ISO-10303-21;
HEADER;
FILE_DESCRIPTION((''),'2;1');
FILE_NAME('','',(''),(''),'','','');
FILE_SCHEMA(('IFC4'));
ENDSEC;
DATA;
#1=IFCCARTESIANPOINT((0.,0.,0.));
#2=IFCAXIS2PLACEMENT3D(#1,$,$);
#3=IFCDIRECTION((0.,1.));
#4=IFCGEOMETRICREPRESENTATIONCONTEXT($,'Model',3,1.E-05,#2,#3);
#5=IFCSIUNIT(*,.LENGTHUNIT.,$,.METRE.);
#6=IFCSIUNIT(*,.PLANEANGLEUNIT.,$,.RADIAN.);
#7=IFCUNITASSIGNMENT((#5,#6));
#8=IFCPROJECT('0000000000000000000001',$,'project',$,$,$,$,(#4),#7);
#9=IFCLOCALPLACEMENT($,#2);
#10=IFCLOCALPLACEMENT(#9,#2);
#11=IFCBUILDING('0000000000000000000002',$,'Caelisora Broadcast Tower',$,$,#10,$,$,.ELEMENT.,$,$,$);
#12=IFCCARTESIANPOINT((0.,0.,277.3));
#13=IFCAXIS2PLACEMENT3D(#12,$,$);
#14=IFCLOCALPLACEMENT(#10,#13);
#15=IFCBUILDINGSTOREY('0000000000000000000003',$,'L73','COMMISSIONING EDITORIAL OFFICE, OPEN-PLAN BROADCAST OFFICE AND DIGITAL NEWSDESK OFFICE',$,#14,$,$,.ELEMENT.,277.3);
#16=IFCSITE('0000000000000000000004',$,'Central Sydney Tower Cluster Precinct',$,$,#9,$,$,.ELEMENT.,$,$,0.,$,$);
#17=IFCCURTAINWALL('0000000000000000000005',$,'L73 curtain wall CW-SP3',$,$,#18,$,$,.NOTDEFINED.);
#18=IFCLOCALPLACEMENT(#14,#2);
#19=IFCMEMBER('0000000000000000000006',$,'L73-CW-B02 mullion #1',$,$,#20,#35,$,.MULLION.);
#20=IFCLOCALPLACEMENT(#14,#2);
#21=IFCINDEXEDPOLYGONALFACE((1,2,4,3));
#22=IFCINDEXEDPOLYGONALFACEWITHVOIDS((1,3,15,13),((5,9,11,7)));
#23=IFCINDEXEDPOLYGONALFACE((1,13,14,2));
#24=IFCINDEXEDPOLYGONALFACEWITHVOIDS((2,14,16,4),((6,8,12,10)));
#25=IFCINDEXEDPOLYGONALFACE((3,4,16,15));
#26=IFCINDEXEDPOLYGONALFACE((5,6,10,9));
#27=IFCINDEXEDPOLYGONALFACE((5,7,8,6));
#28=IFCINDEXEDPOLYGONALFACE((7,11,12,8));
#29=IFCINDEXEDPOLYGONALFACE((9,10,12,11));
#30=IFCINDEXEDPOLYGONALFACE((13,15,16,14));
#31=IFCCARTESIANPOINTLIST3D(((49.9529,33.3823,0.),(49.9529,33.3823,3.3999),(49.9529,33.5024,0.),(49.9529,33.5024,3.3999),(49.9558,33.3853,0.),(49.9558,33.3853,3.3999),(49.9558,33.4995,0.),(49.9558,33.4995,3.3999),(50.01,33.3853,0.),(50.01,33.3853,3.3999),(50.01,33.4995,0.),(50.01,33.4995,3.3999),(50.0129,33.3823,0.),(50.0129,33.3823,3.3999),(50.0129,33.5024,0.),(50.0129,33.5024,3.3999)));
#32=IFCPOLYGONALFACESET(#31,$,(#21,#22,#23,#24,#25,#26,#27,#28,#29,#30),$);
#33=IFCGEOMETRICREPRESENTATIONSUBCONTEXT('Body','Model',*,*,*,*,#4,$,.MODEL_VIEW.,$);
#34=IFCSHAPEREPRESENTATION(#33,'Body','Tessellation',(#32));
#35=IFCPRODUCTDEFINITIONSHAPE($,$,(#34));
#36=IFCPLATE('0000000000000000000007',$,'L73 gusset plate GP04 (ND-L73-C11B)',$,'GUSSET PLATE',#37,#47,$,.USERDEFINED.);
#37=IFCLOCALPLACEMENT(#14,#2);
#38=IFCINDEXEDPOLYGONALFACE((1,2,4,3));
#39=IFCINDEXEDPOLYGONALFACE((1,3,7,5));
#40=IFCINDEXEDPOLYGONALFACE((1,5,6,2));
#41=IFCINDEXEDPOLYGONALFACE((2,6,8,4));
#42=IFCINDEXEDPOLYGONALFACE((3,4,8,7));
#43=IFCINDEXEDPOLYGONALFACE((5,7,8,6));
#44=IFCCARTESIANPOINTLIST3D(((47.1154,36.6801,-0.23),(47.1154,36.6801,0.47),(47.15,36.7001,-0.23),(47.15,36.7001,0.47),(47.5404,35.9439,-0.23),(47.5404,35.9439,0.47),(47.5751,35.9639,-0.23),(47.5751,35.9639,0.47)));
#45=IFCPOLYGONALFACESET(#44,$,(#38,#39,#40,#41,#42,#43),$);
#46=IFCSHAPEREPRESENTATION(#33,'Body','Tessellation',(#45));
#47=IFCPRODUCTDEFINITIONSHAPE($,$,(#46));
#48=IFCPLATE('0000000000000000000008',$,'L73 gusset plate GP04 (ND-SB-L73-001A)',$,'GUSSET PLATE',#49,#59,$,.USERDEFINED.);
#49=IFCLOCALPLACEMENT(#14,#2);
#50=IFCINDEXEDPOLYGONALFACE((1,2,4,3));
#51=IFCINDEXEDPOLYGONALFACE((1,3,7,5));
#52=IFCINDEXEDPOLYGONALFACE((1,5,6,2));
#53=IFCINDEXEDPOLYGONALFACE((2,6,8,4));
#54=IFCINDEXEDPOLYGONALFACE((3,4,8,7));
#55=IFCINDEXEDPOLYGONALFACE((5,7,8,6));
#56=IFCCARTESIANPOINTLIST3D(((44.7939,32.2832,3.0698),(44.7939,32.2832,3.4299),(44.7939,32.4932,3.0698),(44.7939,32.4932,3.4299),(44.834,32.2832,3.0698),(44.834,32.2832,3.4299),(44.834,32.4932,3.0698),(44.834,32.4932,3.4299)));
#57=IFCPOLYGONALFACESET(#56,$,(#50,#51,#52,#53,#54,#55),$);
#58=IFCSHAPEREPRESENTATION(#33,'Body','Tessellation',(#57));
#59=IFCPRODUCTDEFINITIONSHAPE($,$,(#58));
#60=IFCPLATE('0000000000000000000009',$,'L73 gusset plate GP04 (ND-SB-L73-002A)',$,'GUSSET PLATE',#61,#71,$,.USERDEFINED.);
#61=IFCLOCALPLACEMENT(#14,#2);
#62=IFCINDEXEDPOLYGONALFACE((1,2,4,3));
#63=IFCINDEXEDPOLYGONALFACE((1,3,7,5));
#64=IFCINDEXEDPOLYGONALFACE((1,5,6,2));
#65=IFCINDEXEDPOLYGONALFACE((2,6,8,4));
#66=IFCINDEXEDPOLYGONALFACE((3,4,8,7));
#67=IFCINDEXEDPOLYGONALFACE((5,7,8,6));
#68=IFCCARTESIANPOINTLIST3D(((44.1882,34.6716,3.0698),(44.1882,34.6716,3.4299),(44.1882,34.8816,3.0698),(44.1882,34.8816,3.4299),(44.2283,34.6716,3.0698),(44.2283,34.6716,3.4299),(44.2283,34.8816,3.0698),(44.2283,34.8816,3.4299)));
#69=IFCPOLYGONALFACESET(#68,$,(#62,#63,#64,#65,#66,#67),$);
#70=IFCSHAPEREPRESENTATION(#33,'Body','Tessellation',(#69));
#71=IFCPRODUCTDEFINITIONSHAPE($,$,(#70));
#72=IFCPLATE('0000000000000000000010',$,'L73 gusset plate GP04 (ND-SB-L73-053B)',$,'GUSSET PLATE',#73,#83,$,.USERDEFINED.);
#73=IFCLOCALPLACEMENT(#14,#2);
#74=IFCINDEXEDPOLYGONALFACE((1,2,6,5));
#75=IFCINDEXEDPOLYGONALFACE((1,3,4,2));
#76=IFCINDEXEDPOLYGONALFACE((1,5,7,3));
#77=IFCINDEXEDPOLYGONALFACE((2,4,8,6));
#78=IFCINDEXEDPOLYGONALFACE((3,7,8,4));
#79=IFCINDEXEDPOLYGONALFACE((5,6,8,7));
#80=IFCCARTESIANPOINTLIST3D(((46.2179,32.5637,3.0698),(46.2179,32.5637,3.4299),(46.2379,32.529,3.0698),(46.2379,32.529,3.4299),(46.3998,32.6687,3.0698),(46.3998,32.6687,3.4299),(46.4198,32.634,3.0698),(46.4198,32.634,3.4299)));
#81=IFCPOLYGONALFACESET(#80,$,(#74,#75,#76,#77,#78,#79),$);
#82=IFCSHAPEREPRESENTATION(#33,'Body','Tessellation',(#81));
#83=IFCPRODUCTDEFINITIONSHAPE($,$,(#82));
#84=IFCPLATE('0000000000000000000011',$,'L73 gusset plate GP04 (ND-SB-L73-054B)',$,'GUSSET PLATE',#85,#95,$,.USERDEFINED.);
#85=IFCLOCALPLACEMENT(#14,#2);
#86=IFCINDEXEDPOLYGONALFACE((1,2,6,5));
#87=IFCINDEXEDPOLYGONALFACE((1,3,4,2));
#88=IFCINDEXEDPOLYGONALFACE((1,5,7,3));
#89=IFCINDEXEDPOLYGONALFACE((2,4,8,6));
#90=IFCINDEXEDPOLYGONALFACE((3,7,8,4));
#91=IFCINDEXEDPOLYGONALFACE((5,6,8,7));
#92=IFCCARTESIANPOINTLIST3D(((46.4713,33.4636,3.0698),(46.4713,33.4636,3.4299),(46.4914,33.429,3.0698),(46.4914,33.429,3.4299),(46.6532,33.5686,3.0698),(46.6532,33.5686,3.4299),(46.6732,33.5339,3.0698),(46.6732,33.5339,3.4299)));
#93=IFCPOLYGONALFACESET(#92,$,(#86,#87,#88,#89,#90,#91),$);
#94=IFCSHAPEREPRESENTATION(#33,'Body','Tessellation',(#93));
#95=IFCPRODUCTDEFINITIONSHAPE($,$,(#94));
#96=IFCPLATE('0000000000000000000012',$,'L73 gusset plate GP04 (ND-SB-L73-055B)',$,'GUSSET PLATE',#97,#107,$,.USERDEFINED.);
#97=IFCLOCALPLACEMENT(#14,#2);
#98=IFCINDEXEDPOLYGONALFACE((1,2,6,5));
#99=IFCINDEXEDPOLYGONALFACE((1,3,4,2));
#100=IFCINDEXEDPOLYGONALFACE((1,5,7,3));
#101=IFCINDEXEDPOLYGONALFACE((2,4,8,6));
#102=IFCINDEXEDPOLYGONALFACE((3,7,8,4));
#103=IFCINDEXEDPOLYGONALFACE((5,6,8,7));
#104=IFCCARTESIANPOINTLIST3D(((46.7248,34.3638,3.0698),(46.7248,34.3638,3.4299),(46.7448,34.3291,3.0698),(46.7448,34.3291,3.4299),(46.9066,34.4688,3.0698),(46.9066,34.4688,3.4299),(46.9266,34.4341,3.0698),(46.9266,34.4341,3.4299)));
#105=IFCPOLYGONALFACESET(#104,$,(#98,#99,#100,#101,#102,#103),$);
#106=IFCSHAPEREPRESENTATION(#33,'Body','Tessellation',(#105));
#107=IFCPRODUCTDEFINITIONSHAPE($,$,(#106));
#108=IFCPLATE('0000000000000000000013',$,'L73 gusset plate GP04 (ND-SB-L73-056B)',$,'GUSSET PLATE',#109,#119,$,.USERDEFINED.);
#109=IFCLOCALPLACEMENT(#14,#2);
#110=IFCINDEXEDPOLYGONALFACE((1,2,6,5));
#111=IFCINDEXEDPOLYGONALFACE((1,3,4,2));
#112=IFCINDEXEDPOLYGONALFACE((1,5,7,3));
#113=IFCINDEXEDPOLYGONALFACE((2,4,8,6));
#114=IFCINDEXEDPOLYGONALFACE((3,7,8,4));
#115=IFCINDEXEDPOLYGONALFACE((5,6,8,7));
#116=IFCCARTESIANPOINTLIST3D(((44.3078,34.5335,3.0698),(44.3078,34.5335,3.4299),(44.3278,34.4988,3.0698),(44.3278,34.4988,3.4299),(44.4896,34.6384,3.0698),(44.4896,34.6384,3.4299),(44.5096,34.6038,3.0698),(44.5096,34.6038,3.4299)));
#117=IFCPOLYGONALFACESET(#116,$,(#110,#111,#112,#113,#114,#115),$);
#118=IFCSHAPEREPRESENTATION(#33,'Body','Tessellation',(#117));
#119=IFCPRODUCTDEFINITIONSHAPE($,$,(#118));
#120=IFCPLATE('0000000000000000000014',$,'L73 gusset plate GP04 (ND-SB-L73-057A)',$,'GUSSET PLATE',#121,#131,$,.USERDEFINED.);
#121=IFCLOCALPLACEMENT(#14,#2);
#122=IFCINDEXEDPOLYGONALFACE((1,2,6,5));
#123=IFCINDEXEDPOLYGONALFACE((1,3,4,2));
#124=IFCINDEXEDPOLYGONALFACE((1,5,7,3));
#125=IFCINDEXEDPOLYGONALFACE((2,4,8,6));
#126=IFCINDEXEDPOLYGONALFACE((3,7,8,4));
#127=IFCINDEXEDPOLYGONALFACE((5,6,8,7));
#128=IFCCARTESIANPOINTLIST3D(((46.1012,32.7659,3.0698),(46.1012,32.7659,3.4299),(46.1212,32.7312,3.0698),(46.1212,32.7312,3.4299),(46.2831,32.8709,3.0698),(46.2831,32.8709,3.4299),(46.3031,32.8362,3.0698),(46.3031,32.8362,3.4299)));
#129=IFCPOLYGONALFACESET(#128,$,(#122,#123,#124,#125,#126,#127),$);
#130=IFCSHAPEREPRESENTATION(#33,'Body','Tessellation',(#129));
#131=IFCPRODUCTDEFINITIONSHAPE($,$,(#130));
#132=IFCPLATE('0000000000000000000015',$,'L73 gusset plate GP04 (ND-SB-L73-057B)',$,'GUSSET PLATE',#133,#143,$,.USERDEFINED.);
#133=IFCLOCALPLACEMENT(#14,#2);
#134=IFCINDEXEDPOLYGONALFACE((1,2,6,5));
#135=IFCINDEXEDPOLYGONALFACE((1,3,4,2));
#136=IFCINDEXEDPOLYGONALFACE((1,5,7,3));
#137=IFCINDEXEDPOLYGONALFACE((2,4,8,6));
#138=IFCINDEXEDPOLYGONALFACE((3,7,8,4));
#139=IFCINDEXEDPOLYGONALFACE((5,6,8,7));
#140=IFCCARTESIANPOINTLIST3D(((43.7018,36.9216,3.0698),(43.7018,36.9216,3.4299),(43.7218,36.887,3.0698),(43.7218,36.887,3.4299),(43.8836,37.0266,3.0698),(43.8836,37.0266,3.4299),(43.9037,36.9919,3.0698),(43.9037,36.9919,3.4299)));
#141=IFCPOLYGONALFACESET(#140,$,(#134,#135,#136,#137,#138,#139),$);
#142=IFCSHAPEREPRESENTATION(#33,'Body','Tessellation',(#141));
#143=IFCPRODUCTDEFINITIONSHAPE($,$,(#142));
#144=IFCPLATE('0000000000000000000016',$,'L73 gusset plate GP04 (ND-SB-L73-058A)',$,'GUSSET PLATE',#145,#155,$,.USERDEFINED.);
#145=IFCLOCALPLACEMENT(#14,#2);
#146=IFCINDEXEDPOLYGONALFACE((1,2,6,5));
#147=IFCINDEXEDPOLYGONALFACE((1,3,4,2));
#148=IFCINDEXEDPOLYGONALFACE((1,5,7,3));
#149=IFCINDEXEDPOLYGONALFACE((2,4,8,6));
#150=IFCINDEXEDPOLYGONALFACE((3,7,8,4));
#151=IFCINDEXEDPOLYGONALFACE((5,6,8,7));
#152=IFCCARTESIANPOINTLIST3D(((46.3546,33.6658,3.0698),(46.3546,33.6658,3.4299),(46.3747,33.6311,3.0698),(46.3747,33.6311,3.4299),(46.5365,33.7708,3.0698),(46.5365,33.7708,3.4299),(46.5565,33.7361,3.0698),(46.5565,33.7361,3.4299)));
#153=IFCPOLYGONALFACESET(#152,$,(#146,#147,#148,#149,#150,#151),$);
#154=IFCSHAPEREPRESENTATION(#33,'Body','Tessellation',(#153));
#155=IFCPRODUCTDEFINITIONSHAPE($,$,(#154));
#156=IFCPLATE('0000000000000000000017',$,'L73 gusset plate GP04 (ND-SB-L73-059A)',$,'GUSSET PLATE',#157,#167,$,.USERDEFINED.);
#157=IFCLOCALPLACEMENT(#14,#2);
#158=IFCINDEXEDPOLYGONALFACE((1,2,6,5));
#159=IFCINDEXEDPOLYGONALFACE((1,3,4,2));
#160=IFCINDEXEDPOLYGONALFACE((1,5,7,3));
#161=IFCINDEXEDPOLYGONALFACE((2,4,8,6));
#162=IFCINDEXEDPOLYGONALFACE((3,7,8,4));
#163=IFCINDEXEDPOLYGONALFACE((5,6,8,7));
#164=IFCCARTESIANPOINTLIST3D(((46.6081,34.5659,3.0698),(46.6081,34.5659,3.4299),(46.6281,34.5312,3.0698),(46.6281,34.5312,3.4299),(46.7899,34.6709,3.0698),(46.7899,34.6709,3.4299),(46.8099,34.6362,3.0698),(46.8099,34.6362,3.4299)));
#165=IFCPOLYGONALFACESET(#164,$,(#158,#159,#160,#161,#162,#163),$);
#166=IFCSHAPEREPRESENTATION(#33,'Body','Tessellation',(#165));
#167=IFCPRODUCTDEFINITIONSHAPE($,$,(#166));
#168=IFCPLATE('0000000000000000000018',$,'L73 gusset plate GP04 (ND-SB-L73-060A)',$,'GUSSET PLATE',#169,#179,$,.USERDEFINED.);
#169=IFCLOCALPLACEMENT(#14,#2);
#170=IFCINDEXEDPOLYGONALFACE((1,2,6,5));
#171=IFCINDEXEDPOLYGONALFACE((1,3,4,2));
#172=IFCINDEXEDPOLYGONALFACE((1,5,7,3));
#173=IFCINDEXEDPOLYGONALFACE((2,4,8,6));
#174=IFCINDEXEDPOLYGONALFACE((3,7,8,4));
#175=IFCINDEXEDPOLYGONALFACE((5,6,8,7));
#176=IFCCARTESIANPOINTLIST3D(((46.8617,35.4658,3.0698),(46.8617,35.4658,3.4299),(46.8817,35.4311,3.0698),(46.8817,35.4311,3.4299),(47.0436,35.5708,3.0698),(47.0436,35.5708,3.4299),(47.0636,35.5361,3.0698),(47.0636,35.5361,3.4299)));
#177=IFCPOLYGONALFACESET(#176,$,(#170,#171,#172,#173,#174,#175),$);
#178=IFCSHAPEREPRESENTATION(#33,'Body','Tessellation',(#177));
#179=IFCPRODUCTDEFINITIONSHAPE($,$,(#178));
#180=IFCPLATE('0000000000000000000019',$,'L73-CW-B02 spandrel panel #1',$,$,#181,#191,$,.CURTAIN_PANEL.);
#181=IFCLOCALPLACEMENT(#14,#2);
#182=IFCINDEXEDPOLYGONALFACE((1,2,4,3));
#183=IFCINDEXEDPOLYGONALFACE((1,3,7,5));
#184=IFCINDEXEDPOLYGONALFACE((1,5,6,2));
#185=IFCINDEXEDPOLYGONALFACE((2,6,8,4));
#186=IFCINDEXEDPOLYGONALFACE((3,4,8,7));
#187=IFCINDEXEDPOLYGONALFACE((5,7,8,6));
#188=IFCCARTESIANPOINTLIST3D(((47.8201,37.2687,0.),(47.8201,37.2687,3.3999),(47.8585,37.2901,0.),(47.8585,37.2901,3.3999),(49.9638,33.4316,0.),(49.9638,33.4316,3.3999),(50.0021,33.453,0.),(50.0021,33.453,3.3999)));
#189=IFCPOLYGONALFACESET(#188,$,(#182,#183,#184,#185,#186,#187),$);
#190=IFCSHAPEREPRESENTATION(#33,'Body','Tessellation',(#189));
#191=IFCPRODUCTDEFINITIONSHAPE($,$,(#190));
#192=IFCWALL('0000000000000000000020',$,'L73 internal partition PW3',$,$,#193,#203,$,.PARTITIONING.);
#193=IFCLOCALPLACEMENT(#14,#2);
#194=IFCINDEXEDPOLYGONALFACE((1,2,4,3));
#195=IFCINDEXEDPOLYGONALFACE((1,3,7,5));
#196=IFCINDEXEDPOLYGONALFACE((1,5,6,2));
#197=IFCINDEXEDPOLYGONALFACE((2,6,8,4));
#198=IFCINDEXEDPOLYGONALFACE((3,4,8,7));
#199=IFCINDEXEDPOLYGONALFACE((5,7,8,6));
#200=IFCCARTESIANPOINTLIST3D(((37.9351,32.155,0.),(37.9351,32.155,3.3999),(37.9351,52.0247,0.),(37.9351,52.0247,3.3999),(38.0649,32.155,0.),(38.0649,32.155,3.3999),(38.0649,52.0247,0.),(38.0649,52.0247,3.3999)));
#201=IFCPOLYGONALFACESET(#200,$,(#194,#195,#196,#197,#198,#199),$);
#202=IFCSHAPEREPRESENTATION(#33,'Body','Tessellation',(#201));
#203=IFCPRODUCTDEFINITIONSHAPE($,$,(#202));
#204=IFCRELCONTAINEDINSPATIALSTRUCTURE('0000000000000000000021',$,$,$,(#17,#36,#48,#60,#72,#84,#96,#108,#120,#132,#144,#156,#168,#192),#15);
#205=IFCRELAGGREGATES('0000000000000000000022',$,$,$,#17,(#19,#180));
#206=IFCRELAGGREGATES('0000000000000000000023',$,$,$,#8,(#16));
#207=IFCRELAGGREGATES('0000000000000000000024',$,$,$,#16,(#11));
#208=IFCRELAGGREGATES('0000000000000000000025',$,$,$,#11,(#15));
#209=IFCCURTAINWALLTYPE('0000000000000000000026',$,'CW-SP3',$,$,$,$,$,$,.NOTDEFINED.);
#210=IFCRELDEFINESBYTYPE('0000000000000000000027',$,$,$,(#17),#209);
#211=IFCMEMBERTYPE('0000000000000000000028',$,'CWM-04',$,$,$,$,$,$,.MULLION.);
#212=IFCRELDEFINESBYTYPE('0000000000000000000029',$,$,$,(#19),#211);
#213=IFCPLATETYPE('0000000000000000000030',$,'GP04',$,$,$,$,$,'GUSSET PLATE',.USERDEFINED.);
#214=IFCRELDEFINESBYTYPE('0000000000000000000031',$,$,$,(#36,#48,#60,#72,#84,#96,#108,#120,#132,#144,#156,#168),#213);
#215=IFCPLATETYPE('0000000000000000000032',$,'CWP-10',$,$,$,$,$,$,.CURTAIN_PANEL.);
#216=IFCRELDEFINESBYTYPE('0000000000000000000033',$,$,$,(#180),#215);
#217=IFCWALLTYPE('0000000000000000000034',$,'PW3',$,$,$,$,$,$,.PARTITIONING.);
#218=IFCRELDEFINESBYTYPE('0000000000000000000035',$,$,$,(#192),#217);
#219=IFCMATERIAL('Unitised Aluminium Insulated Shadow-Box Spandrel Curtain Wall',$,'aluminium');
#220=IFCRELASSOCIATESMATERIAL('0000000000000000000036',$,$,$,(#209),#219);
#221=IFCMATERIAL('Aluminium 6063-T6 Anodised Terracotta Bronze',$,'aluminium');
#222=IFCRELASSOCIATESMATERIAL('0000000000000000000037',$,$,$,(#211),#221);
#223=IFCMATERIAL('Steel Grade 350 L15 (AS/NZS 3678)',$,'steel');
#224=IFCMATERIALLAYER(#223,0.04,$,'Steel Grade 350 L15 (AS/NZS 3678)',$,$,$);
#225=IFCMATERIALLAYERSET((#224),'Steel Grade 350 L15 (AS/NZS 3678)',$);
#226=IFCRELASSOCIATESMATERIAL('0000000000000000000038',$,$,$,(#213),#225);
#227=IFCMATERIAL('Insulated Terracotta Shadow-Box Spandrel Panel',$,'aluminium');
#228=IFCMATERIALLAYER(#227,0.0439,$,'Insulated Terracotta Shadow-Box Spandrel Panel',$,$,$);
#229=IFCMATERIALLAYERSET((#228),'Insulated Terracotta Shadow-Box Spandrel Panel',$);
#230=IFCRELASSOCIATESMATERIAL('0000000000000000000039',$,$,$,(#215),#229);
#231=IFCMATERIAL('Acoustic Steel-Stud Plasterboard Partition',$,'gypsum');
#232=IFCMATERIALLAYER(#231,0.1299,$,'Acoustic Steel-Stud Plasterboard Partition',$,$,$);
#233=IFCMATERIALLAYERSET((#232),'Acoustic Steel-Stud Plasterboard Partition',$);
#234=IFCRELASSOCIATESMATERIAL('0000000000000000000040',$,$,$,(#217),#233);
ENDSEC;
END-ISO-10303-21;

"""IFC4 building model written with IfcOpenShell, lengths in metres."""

from ifc_helpers import new_model, si_unit, direction, frame, frame_2d, origin, origin_2d, place, context, subcontext, project, spatial, rectangle, hollow_rectangle, extrude, source, transform, mapped, material, layer, layer_set, material_profile, profile_set, type_object, type_shapes, element, aggregate, save


model = new_model("IFC4")

# Units and contexts
model_context = context("Model", 3, precision=1e-05, world=origin(), true_north=direction((0.0, 1.0)))
body_context = subcontext(model_context, "Body", "Model", "MODEL_VIEW")
ifc_project = project(units=[si_unit("LENGTHUNIT", "METRE"), si_unit("PLANEANGLEUNIT", "RADIAN")], contexts=[model_context])

# Site, building, storey
site_placement = place(None, origin())
site = spatial("IfcSite", under=ifc_project, at=site_placement, Name="Central Sydney Tower Cluster Precinct", CompositionType="ELEMENT", RefElevation=0.0)
building_placement = place(site_placement, origin())
building = spatial("IfcBuilding", under=site, at=building_placement, Name="Caelisora Broadcast Tower", CompositionType="ELEMENT")
storey_placement = place(building_placement, frame((0.0, 0.0, 277.3)))
storey = spatial("IfcBuildingStorey", under=building, at=storey_placement, Name="L73", Description="COMMISSIONING EDITORIAL OFFICE, OPEN-PLAN BROADCAST OFFICE AND DIGITAL NEWSDESK OFFICE", CompositionType="ELEMENT", Elevation=277.3)

# Shared definitions
ifc_material_1 = material(Name="Steel Grade 350 L15 (AS/NZS 3678)", Category="steel")

# Curtain wall, member
ifc_material_2 = material(Name="Unitised Aluminium Insulated Shadow-Box Spandrel Curtain Wall", Category="aluminium")
curtain_wall_type = type_object("IfcCurtainWallType", Name="CW-SP3", PredefinedType="NOTDEFINED", material=ifc_material_2)
curtain_wall_placement = place(storey_placement, origin())
curtain_wall = element("IfcCurtainWall", 1, at=curtain_wall_placement, inside=storey, type_object=curtain_wall_type, Name="L73 curtain wall CW-SP3", PredefinedType="NOTDEFINED")
ifc_material_3 = material(Name="Aluminium 6063-T6 Anodised Terracotta Bronze", Category="aluminium")
ifc_material_profile_1 = material_profile(ifc_material_3, hollow_rectangle(XDim=0.0601, YDim=0.1201, WallThickness=0.0029, at=origin_2d()), Name="Aluminium 6063-T6 Anodised Terracotta Bronze")
ifc_profile_set_1 = profile_set([ifc_material_profile_1], Name="Aluminium 6063-T6 Anodised Terracotta Bronze")
member_type = type_object("IfcMemberType", Name="CWM-04", PredefinedType="MULLION", material=ifc_profile_set_1)
shared_shape_1 = source(origin(), body_context, "Body", "SweptSolid", [
    extrude(hollow_rectangle(XDim=0.0601, YDim=0.1201, WallThickness=0.0029, at=origin_2d()), origin(), (0.0, 0.0, 1.0), 3.3999),
])
type_shapes(member_type, [shared_shape_1])
member_placement = place(storey_placement, frame((49.9829, 33.4424, 0.0), z_axis=(0.0, 0.0, 1.0), x_axis=(1.0, 0.0, 0.0)))
member = element("IfcMember", 2, at=member_placement, type_object=member_type, Name="L73-CW-B02 mullion #1", PredefinedType="MULLION", context=body_context, shape_type="MappedRepresentation", body=[
    mapped(shared_shape_1, transform((0.0, 0.0, 0.0), scale=1.0)),
])

# Plates
ifc_layer_1 = layer(ifc_material_1, 0.04, Name="Steel Grade 350 L15 (AS/NZS 3678)")
ifc_layer_set_1 = layer_set([ifc_layer_1], Name="Steel Grade 350 L15 (AS/NZS 3678)")
plate_type_1 = type_object("IfcPlateType", Name="GP04", ElementType="GUSSET PLATE", PredefinedType="USERDEFINED", material=ifc_layer_set_1)
shared_shape_2 = source(origin(), body_context, "Body", "SweptSolid", [
    extrude(rectangle(XDim=0.8501, YDim=0.04, at=origin_2d()), origin(), (0.0, 0.0, 1.0), 0.7),
])
plate_1_placement = place(storey_placement, frame((47.3452, 36.322, -0.23), z_axis=(0.0, 0.0, 1.0), x_axis=(-0.5, 0.866025, 0.0)))
element("IfcPlate", 3, at=plate_1_placement, inside=storey, type_object=plate_type_1, Name="L73 gusset plate GP04 (ND-L73-C11B)", ObjectType="GUSSET PLATE", PredefinedType="USERDEFINED", context=body_context, shape_type="MappedRepresentation", body=[
    mapped(shared_shape_2, transform((0.0, 0.0, 0.0), scale=1.0)),
])
shared_shape_3 = source(origin(), body_context, "Body", "SweptSolid", [
    extrude(rectangle(XDim=0.21, YDim=0.04, at=origin_2d()), origin(), (0.0, 0.0, 1.0), 0.3601),
])
type_shapes(plate_type_1, [shared_shape_2, shared_shape_3])
for number, where, z_axis, x_axis, name in (
    (4, (44.814, 32.3882, 3.0698), (0.0, 0.0, 1.0), (0.0, -1.0, 0.0), "L73 gusset plate GP04 (ND-SB-L73-001A)"),
    (5, (44.2083, 34.7766, 3.0698), (0.0, 0.0, 1.0), (0.0, -1.0, 0.0), "L73 gusset plate GP04 (ND-SB-L73-002A)"),
    (6, (46.3188, 32.5989, 3.0698), (0.0, 0.0, 1.0), (-0.866025, -0.5, 0.0), "L73 gusset plate GP04 (ND-SB-L73-053B)"),
    (7, (46.5723, 33.4988, 3.0698), (0.0, 0.0, 1.0), (-0.866025, -0.5, 0.0), "L73 gusset plate GP04 (ND-SB-L73-054B)"),
    (8, (46.8257, 34.3989, 3.0698), (0.0, 0.0, 1.0), (-0.866025, -0.5, 0.0), "L73 gusset plate GP04 (ND-SB-L73-055B)"),
    (9, (44.4087, 34.5686, 3.0698), (0.0, 0.0, 1.0), (-0.866025, -0.5, 0.0), "L73 gusset plate GP04 (ND-SB-L73-056B)"),
    (10, (46.2021, 32.801, 3.0698), (0.0, 0.0, 1.0), (-0.866025, -0.5, 0.0), "L73 gusset plate GP04 (ND-SB-L73-057A)"),
    (11, (43.8027, 36.9568, 3.0698), (0.0, 0.0, 1.0), (-0.866025, -0.5, 0.0), "L73 gusset plate GP04 (ND-SB-L73-057B)"),
    (12, (46.4556, 33.7009, 3.0698), (0.0, 0.0, 1.0), (-0.866025, -0.5, 0.0), "L73 gusset plate GP04 (ND-SB-L73-058A)"),
    (13, (46.709, 34.6011, 3.0698), (0.0, 0.0, 1.0), (-0.866025, -0.5, 0.0), "L73 gusset plate GP04 (ND-SB-L73-059A)"),
    (14, (46.9626, 35.501, 3.0698), (0.0, 0.0, 1.0), (-0.866025, -0.5, 0.0), "L73 gusset plate GP04 (ND-SB-L73-060A)"),
):
    element("IfcPlate", number, at=place(storey_placement, frame(where, z_axis=z_axis, x_axis=x_axis)), inside=storey, type_object=plate_type_1, Name=name, ObjectType="GUSSET PLATE", PredefinedType="USERDEFINED", context=body_context, shape_type="MappedRepresentation", body=[
        mapped(shared_shape_3, transform((0.0, 0.0, 0.0), scale=1.0)),
    ])

# Plate
ifc_material_4 = material(Name="Insulated Terracotta Shadow-Box Spandrel Panel", Category="aluminium")
ifc_layer_2 = layer(ifc_material_4, 0.0439, Name="Insulated Terracotta Shadow-Box Spandrel Panel")
ifc_layer_set_2 = layer_set([ifc_layer_2], Name="Insulated Terracotta Shadow-Box Spandrel Panel")
plate_type_2 = type_object("IfcPlateType", Name="CWP-10", PredefinedType="CURTAIN_PANEL", material=ifc_layer_set_2)
shared_shape_4 = source(origin(), body_context, "Body", "SweptSolid", [
    extrude(rectangle(XDim=4.3953, YDim=0.0439, at=origin_2d()), origin(), (0.0, 0.0, 1.0), 3.3999),
])
type_shapes(plate_type_2, [shared_shape_4])
plate_2_placement = place(storey_placement, frame((48.9111, 35.3608, 0.0), z_axis=(0.0, 0.0, 1.0), x_axis=(0.487707, -0.873007, 0.0)))
plate_2 = element("IfcPlate", 15, at=plate_2_placement, type_object=plate_type_2, Name="L73-CW-B02 spandrel panel #1", PredefinedType="CURTAIN_PANEL", context=body_context, shape_type="MappedRepresentation", body=[
    mapped(shared_shape_4, transform((0.0, 0.0, 0.0), scale=1.0)),
])
aggregate(curtain_wall, [member, plate_2])

# Wall
ifc_material_5 = material(Name="Acoustic Steel-Stud Plasterboard Partition", Category="gypsum")
ifc_layer_3 = layer(ifc_material_5, 0.1299, Name="Acoustic Steel-Stud Plasterboard Partition")
ifc_layer_set_3 = layer_set([ifc_layer_3], Name="Acoustic Steel-Stud Plasterboard Partition")
wall_type_1 = type_object("IfcWallType", Name="PW3", PredefinedType="PARTITIONING", material=ifc_layer_set_3)
wall_1_placement = place(storey_placement, frame((38.0, 32.155, 0.0), z_axis=(0.0, 0.0, 1.0), x_axis=(0.0, 1.0, 0.0)))
element("IfcWall", 16, at=wall_1_placement, inside=storey, type_object=wall_type_1, Name="L73 internal partition PW3", PredefinedType="PARTITIONING", context=body_context, shape_type="SweptSolid", body=[
    extrude(rectangle(XDim=19.8696, YDim=0.1299, at=frame_2d((9.9348, 0.0))), origin(), (0.0, 0.0, 1.0), 3.3999),
])

save(model, "model.ifc")
